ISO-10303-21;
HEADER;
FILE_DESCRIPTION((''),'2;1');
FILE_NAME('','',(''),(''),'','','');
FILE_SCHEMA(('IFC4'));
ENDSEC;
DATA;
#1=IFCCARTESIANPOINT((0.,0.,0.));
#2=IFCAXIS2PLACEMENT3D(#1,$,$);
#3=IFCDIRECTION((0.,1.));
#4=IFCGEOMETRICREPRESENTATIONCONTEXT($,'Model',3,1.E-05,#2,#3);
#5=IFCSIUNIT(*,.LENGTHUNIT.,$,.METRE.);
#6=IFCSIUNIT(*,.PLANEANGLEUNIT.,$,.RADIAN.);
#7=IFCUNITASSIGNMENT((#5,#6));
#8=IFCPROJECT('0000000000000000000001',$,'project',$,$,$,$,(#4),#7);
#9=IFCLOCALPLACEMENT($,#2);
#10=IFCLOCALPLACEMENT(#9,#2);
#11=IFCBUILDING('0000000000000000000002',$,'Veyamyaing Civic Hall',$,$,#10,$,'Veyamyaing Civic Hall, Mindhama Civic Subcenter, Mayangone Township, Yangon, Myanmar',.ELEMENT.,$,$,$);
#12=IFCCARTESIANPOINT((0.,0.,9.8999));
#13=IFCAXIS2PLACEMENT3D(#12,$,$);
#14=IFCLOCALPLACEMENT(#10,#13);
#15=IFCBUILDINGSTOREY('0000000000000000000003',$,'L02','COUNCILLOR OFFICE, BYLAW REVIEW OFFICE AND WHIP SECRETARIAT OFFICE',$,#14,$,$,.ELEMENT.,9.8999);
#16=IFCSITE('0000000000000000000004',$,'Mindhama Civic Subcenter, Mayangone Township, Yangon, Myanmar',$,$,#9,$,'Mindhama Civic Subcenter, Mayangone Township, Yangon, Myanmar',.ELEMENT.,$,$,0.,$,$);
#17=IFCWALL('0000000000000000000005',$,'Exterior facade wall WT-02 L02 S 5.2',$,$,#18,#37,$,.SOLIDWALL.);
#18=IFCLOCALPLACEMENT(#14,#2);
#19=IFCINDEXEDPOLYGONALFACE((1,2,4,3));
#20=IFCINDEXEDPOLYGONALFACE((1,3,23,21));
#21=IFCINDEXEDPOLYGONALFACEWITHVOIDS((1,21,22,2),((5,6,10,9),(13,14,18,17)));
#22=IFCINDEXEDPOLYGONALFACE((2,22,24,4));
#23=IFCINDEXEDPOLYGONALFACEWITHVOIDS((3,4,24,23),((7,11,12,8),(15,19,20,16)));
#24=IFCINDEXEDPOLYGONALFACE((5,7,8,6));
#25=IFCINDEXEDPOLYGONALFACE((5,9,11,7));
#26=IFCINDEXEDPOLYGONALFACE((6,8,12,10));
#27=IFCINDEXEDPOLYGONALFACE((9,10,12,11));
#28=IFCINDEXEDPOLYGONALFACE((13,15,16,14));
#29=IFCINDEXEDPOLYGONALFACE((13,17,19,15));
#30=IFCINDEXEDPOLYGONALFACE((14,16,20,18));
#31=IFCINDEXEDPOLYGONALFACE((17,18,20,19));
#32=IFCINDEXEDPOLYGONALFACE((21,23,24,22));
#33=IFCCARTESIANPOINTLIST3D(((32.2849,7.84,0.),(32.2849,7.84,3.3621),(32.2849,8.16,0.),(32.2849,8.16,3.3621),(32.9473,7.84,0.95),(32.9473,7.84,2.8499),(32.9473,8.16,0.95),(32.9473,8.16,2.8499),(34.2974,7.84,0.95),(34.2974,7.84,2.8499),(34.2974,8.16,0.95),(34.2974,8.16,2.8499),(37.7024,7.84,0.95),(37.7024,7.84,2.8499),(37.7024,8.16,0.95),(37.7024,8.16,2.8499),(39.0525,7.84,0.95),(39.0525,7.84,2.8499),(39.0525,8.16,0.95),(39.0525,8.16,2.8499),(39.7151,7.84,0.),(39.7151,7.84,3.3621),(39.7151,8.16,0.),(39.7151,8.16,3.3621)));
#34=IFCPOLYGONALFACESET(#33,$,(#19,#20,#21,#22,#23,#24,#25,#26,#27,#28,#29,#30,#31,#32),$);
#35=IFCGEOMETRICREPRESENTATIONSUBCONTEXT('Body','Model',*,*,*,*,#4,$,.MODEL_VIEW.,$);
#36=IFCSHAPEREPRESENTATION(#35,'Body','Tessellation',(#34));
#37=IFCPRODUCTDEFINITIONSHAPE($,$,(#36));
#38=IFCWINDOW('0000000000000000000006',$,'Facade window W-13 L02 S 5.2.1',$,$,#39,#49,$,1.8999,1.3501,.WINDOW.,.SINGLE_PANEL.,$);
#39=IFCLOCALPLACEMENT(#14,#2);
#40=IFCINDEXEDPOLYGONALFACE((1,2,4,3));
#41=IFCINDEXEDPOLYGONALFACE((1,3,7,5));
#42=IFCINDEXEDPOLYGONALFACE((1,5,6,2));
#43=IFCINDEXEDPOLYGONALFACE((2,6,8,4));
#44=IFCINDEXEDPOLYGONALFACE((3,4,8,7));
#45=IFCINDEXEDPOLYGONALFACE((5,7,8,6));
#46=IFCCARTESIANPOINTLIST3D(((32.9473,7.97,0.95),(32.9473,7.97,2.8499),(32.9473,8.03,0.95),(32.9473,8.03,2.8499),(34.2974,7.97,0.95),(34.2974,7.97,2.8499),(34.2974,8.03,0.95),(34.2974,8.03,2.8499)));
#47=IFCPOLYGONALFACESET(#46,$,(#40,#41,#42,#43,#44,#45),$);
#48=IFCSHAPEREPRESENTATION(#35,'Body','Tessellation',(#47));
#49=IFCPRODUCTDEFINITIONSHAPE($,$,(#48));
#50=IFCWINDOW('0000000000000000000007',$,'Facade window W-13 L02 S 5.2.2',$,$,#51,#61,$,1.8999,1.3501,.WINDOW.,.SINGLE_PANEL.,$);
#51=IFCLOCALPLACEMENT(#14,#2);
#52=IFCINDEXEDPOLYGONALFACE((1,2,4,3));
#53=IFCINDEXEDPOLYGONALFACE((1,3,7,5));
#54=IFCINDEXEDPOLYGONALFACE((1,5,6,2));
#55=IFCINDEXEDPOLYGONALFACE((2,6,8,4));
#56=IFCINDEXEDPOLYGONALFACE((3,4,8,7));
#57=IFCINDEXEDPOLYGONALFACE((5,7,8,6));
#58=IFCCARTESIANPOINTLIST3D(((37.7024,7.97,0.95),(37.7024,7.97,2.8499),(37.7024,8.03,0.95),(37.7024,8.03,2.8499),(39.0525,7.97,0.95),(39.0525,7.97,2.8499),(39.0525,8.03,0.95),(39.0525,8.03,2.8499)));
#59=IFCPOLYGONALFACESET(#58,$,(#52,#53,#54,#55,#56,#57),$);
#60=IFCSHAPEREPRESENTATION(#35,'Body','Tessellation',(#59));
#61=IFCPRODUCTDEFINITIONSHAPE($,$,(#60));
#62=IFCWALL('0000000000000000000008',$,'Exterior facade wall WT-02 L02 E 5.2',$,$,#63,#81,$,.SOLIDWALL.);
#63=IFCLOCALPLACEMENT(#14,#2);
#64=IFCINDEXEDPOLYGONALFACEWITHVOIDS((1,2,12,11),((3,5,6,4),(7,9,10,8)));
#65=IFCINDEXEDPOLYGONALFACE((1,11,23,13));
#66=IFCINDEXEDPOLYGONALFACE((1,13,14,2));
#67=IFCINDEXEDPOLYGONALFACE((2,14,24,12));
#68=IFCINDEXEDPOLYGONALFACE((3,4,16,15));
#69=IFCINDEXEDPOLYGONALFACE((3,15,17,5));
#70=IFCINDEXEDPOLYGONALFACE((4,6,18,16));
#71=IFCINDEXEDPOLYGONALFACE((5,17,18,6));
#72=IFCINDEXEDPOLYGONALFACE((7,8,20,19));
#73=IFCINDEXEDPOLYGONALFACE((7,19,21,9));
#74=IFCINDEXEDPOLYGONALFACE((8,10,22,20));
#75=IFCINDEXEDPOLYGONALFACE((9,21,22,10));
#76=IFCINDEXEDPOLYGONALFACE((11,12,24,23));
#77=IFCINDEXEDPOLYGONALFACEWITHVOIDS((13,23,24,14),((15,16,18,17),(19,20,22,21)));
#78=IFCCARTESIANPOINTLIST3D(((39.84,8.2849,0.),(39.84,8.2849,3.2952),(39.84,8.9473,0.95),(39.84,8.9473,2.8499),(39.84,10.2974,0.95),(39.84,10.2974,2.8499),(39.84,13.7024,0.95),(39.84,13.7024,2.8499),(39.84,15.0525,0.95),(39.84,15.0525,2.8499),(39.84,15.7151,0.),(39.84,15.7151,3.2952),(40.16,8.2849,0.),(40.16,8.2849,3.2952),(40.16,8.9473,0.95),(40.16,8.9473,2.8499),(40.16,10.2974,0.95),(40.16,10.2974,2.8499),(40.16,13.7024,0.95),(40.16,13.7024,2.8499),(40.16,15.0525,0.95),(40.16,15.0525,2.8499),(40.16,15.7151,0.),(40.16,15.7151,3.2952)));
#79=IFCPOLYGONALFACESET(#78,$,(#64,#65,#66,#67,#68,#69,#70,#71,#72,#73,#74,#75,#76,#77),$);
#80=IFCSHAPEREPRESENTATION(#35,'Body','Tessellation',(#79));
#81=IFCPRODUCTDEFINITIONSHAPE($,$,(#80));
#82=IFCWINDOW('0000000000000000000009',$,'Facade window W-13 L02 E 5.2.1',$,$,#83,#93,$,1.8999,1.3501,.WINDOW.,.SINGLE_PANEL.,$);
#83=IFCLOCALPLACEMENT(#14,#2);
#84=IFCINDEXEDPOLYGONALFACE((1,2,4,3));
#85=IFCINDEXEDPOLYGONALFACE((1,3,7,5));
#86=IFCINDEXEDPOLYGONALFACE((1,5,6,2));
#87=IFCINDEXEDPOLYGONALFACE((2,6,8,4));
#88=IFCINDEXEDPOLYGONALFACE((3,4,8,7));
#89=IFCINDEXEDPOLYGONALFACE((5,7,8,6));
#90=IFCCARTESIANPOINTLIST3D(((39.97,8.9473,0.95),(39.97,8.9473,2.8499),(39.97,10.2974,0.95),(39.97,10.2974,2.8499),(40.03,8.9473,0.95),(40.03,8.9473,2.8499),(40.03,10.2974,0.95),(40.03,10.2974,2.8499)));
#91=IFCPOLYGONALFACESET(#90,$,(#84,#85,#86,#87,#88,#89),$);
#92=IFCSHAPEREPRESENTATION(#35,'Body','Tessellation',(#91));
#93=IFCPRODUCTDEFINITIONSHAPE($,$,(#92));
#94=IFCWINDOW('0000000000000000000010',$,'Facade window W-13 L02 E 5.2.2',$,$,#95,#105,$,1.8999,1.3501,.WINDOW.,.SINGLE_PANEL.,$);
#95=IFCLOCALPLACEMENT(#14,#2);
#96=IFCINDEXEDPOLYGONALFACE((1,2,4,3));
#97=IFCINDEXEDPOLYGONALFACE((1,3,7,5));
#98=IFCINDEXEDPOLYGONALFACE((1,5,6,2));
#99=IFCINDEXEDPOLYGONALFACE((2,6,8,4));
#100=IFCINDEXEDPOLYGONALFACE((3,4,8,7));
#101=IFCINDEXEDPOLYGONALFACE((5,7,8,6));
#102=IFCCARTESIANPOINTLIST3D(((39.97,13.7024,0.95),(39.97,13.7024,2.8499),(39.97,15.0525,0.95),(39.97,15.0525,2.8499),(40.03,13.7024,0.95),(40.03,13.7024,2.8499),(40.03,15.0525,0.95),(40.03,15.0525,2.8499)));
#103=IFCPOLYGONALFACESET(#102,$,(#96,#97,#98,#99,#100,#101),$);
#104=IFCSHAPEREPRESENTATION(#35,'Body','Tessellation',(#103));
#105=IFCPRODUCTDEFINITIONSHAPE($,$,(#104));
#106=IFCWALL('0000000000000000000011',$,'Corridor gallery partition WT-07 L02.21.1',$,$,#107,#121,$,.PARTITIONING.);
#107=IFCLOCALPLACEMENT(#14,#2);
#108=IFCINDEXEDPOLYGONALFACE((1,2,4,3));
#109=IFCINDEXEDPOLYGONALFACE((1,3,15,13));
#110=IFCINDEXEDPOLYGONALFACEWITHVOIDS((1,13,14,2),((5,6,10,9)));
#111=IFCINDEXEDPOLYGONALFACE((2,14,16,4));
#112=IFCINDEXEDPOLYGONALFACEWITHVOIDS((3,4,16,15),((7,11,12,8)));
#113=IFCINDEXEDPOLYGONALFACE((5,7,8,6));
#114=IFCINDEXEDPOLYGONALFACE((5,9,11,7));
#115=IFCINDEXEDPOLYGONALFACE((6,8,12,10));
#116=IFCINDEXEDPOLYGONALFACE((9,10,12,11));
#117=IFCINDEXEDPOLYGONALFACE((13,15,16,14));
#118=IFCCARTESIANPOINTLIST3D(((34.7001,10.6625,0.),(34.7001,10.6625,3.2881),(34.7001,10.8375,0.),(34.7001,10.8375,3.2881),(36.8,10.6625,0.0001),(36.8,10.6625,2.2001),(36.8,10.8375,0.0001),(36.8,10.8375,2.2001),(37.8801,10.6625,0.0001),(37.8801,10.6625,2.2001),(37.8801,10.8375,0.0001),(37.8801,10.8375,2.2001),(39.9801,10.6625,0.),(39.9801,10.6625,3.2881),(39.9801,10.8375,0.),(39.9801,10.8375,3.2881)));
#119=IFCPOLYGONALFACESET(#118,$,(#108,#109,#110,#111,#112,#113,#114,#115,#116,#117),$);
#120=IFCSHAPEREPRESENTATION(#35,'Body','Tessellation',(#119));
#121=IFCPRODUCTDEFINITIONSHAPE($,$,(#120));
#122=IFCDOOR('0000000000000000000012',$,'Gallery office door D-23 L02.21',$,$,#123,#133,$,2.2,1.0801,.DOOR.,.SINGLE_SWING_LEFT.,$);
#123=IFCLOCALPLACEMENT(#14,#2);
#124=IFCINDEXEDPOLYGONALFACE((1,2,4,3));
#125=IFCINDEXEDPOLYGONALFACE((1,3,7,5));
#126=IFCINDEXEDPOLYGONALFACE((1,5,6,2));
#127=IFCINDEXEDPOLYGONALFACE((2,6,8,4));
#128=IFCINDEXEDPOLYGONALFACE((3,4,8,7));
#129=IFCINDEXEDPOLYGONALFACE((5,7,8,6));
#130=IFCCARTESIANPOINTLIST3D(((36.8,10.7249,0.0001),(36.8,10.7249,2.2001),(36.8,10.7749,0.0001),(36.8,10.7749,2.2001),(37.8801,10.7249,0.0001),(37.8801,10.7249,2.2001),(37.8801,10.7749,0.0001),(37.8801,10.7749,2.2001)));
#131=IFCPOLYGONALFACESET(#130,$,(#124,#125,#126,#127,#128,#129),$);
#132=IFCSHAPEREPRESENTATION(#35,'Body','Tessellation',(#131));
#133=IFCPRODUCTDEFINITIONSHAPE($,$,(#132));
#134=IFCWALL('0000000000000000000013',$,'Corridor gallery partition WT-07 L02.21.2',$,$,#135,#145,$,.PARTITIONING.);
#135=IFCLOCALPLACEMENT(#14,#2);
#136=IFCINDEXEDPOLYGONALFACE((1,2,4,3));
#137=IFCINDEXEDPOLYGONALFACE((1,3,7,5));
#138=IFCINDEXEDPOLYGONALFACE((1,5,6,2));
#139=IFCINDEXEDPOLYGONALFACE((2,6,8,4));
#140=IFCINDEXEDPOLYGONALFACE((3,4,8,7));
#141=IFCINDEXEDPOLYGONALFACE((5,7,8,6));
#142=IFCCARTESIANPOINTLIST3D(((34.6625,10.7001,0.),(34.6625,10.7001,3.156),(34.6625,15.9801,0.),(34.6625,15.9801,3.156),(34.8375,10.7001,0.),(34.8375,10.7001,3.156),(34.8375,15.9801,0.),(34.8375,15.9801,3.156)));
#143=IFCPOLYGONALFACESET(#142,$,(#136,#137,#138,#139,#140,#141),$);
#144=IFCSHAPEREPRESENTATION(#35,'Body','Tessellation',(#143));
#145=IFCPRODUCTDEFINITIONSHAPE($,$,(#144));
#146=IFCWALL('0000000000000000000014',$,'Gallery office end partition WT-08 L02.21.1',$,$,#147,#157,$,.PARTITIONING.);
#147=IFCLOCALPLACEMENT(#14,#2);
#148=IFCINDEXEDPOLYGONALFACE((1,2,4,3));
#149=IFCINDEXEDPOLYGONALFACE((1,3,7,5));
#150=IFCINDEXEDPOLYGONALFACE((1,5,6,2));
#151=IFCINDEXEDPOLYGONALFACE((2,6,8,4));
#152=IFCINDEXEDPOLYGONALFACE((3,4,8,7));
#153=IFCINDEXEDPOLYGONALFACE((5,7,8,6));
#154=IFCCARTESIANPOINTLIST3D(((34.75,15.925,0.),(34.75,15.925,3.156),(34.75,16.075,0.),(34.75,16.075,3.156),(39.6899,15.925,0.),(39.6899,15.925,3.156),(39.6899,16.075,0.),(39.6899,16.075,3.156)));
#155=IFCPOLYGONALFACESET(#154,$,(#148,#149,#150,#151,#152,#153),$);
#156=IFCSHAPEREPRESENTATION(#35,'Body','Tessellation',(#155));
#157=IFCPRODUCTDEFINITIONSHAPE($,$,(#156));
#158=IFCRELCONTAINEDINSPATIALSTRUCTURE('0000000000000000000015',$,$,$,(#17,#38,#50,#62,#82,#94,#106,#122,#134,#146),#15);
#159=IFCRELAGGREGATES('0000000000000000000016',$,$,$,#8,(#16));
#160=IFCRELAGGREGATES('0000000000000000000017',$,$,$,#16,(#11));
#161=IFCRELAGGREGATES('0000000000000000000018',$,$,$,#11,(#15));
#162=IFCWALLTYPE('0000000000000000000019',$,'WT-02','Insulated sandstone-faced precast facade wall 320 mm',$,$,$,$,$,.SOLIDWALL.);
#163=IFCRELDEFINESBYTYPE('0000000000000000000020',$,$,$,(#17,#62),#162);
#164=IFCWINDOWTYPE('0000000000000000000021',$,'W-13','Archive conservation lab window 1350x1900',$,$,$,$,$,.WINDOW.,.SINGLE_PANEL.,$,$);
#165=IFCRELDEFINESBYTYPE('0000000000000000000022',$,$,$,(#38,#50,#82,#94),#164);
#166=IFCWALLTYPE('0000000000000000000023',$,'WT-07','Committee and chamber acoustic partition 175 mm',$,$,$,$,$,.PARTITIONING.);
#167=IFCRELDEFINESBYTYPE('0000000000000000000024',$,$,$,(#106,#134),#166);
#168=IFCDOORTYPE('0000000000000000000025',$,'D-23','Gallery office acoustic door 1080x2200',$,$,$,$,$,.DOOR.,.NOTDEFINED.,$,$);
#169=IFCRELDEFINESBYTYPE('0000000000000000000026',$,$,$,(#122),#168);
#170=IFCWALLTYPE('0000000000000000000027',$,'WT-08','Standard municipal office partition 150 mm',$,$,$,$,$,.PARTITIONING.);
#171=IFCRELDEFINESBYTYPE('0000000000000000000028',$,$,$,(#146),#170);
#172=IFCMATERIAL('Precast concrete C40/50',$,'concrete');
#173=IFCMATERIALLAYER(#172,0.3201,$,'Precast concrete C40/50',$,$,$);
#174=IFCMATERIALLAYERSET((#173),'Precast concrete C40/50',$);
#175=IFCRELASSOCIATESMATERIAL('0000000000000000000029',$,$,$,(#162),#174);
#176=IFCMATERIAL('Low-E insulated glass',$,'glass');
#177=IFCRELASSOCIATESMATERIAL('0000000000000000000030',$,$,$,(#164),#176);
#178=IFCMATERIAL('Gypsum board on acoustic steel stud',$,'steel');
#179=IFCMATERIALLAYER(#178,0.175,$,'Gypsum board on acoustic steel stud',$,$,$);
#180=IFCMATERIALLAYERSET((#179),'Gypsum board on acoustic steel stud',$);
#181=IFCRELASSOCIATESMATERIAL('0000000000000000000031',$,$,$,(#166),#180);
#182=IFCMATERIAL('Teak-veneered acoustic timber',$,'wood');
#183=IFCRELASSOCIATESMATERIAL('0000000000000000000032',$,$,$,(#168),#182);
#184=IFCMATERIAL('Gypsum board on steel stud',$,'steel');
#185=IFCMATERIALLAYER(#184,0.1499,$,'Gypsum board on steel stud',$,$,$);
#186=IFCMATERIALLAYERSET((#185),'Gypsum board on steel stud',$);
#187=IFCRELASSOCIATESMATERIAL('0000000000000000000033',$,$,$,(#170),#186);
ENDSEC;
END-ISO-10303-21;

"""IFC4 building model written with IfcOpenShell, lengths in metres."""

from ifc_helpers import new_model, si_unit, direction, frame, frame_2d, origin, place, context, subcontext, project, spatial, rectangle, extrude, material, layer, layer_set, type_object, element, fill, save


model = new_model("IFC4")

# Units and contexts
model_context = context("Model", 3, precision=1e-05, world=origin(), true_north=direction((0.0, 1.0)))
body_context = subcontext(model_context, "Body", "Model", "MODEL_VIEW")
ifc_project = project(units=[si_unit("LENGTHUNIT", "METRE"), si_unit("PLANEANGLEUNIT", "RADIAN")], contexts=[model_context])

# Site, building, storey
site_placement = place(None, origin())
site = spatial("IfcSite", under=ifc_project, at=site_placement, Name="Mindhama Civic Subcenter, Mayangone Township, Yangon, Myanmar", LongName="Mindhama Civic Subcenter, Mayangone Township, Yangon, Myanmar", CompositionType="ELEMENT", RefElevation=0.0)
building_placement = place(site_placement, origin())
building = spatial("IfcBuilding", under=site, at=building_placement, Name="Veyamyaing Civic Hall", LongName="Veyamyaing Civic Hall, Mindhama Civic Subcenter, Mayangone Township, Yangon, Myanmar", CompositionType="ELEMENT")
storey_placement = place(building_placement, frame((0.0, 0.0, 9.8999)))
storey = spatial("IfcBuildingStorey", under=building, at=storey_placement, Name="L02", Description="COUNCILLOR OFFICE, BYLAW REVIEW OFFICE AND WHIP SECRETARIAT OFFICE", CompositionType="ELEMENT", Elevation=9.8999)

# Walls, openings, windows
ifc_material_1 = material(Name="Precast concrete C40/50", Category="concrete")
ifc_layer_1 = layer(ifc_material_1, 0.3201, Name="Precast concrete C40/50")
ifc_layer_set_1 = layer_set([ifc_layer_1], Name="Precast concrete C40/50")
wall_type_1 = type_object("IfcWallType", Name="WT-02", Description="Insulated sandstone-faced precast facade wall 320 mm", PredefinedType="SOLIDWALL", material=ifc_layer_set_1)
wall_1_placement = place(storey_placement, frame((32.2849, 8.0, 0.0), z_axis=(0.0, 0.0, 1.0), x_axis=(1.0, 0.0, 0.0)))
wall_1 = element("IfcWall", 1, at=wall_1_placement, inside=storey, type_object=wall_type_1, Name="Exterior facade wall WT-02 L02 S 5.2", PredefinedType="SOLIDWALL", context=body_context, shape_type="SweptSolid", body=[
    extrude(rectangle(XDim=7.4302, YDim=0.3201, at=frame_2d((3.7151, 0.0))), origin(), (0.0, 0.0, 1.0), 3.3621),
])
opening_1_placement = place(wall_1_placement, frame((0.6624, 0.0, 0.95)))
opening_1 = element("IfcOpeningElement", 2, at=opening_1_placement, cuts=wall_1, PredefinedType="OPENING", context=body_context, shape_type="SweptSolid", body=[
    extrude(rectangle(XDim=1.3501, YDim=1.8999, at=frame_2d((0.675, 0.95))), frame((0.0, 0.1699, 0.0), z_axis=(0.0, -1.0, 0.0), x_axis=(1.0, 0.0, 0.0)), (0.0, 0.0, 1.0), 0.3401),
])
opening_2_placement = place(wall_1_placement, frame((5.4175, 0.0, 0.95)))
opening_2 = element("IfcOpeningElement", 3, at=opening_2_placement, cuts=wall_1, PredefinedType="OPENING", context=body_context, shape_type="SweptSolid", body=[
    extrude(rectangle(XDim=1.3501, YDim=1.8999, at=frame_2d((0.675, 0.95))), frame((0.0, 0.1699, 0.0), z_axis=(0.0, -1.0, 0.0), x_axis=(1.0, 0.0, 0.0)), (0.0, 0.0, 1.0), 0.3401),
])
ifc_material_2 = material(Name="Low-E insulated glass", Category="glass")
window_type = type_object("IfcWindowType", Name="W-13", Description="Archive conservation lab window 1350x1900", PartitioningType="SINGLE_PANEL", PredefinedType="WINDOW", material=ifc_material_2)
window_1_placement = place(opening_1_placement, origin())
window_1 = element("IfcWindow", 4, at=window_1_placement, inside=storey, type_object=window_type, Name="Facade window W-13 L02 S 5.2.1", OverallHeight=1.8999, OverallWidth=1.3501, PartitioningType="SINGLE_PANEL", PredefinedType="WINDOW", context=body_context, shape_type="SweptSolid", body=[
    extrude(rectangle(XDim=1.3501, YDim=1.8999, at=frame_2d((0.675, 0.95))), frame((0.0, 0.03, 0.0), z_axis=(0.0, -1.0, 0.0), x_axis=(1.0, 0.0, 0.0)), (0.0, 0.0, 1.0), 0.0601),
])
fill(opening_1, window_1)
window_2_placement = place(opening_2_placement, origin())
window_2 = element("IfcWindow", 5, at=window_2_placement, inside=storey, type_object=window_type, Name="Facade window W-13 L02 S 5.2.2", OverallHeight=1.8999, OverallWidth=1.3501, PartitioningType="SINGLE_PANEL", PredefinedType="WINDOW", context=body_context, shape_type="SweptSolid", body=[
    extrude(rectangle(XDim=1.3501, YDim=1.8999, at=frame_2d((0.675, 0.95))), frame((0.0, 0.03, 0.0), z_axis=(0.0, -1.0, 0.0), x_axis=(1.0, 0.0, 0.0)), (0.0, 0.0, 1.0), 0.0601),
])
fill(opening_2, window_2)
wall_2_placement = place(storey_placement, frame((40.0, 8.2849, 0.0), z_axis=(0.0, 0.0, 1.0), x_axis=(0.0, 1.0, 0.0)))
wall_2 = element("IfcWall", 6, at=wall_2_placement, inside=storey, type_object=wall_type_1, Name="Exterior facade wall WT-02 L02 E 5.2", PredefinedType="SOLIDWALL", context=body_context, shape_type="SweptSolid", body=[
    extrude(rectangle(XDim=7.4302, YDim=0.3201, at=frame_2d((3.7151, 0.0))), origin(), (0.0, 0.0, 1.0), 3.2952),
])
opening_3_placement = place(wall_2_placement, frame((0.6624, 0.0, 0.95)))
opening_3 = element("IfcOpeningElement", 7, at=opening_3_placement, cuts=wall_2, PredefinedType="OPENING", context=body_context, shape_type="SweptSolid", body=[
    extrude(rectangle(XDim=1.3501, YDim=1.8999, at=frame_2d((0.675, 0.95))), frame((0.0, 0.1699, 0.0), z_axis=(0.0, -1.0, 0.0), x_axis=(1.0, 0.0, 0.0)), (0.0, 0.0, 1.0), 0.3401),
])
opening_4_placement = place(wall_2_placement, frame((5.4175, 0.0, 0.95)))
opening_4 = element("IfcOpeningElement", 8, at=opening_4_placement, cuts=wall_2, PredefinedType="OPENING", context=body_context, shape_type="SweptSolid", body=[
    extrude(rectangle(XDim=1.3501, YDim=1.8999, at=frame_2d((0.675, 0.95))), frame((0.0, 0.1699, 0.0), z_axis=(0.0, -1.0, 0.0), x_axis=(1.0, 0.0, 0.0)), (0.0, 0.0, 1.0), 0.3401),
])
window_3_placement = place(opening_3_placement, origin())
window_3 = element("IfcWindow", 9, at=window_3_placement, inside=storey, type_object=window_type, Name="Facade window W-13 L02 E 5.2.1", OverallHeight=1.8999, OverallWidth=1.3501, PartitioningType="SINGLE_PANEL", PredefinedType="WINDOW", context=body_context, shape_type="SweptSolid", body=[
    extrude(rectangle(XDim=1.3501, YDim=1.8999, at=frame_2d((0.675, 0.95))), frame((0.0, 0.03, 0.0), z_axis=(0.0, -1.0, 0.0), x_axis=(1.0, 0.0, 0.0)), (0.0, 0.0, 1.0), 0.0601),
])
fill(opening_3, window_3)
window_4_placement = place(opening_4_placement, origin())
window_4 = element("IfcWindow", 10, at=window_4_placement, inside=storey, type_object=window_type, Name="Facade window W-13 L02 E 5.2.2", OverallHeight=1.8999, OverallWidth=1.3501, PartitioningType="SINGLE_PANEL", PredefinedType="WINDOW", context=body_context, shape_type="SweptSolid", body=[
    extrude(rectangle(XDim=1.3501, YDim=1.8999, at=frame_2d((0.675, 0.95))), frame((0.0, 0.03, 0.0), z_axis=(0.0, -1.0, 0.0), x_axis=(1.0, 0.0, 0.0)), (0.0, 0.0, 1.0), 0.0601),
])
fill(opening_4, window_4)

# Wall, opening, door
ifc_material_3 = material(Name="Gypsum board on acoustic steel stud", Category="steel")
ifc_layer_2 = layer(ifc_material_3, 0.175, Name="Gypsum board on acoustic steel stud")
ifc_layer_set_2 = layer_set([ifc_layer_2], Name="Gypsum board on acoustic steel stud")
wall_type_2 = type_object("IfcWallType", Name="WT-07", Description="Committee and chamber acoustic partition 175 mm", PredefinedType="PARTITIONING", material=ifc_layer_set_2)
wall_3_placement = place(storey_placement, frame((34.7, 10.75, 0.0), z_axis=(0.0, 0.0, 1.0), x_axis=(1.0, 0.0, 0.0)))
wall_3 = element("IfcWall", 11, at=wall_3_placement, inside=storey, type_object=wall_type_2, Name="Corridor gallery partition WT-07 L02.21.1", PredefinedType="PARTITIONING", context=body_context, shape_type="SweptSolid", body=[
    extrude(rectangle(XDim=5.28, YDim=0.175, at=frame_2d((2.6401, 0.0))), origin(), (0.0, 0.0, 1.0), 3.2881),
])
opening_5_placement = place(wall_3_placement, frame((2.1001, 0.0, 0.0)))
opening_5 = element("IfcOpeningElement", 12, at=opening_5_placement, cuts=wall_3, PredefinedType="OPENING", context=body_context, shape_type="SweptSolid", body=[
    extrude(rectangle(XDim=1.0801, YDim=2.2, at=frame_2d((0.54, 1.1001))), frame((0.0, 0.0974, 0.0), z_axis=(0.0, -1.0, 0.0), x_axis=(1.0, 0.0, 0.0)), (0.0, 0.0, 1.0), 0.1951),
])
ifc_material_4 = material(Name="Teak-veneered acoustic timber", Category="wood")
door_type = type_object("IfcDoorType", Name="D-23", Description="Gallery office acoustic door 1080x2200", OperationType="NOTDEFINED", PredefinedType="DOOR", material=ifc_material_4)
door_placement = place(opening_5_placement, origin())
door = element("IfcDoor", 13, at=door_placement, inside=storey, type_object=door_type, Name="Gallery office door D-23 L02.21", OperationType="SINGLE_SWING_LEFT", OverallHeight=2.2, OverallWidth=1.0801, PredefinedType="DOOR", context=body_context, shape_type="SweptSolid", body=[
    extrude(rectangle(XDim=1.0801, YDim=2.2, at=frame_2d((0.54, 1.1001))), frame((0.0, 0.0249, 0.0), z_axis=(0.0, -1.0, 0.0), x_axis=(1.0, 0.0, 0.0)), (0.0, 0.0, 1.0), 0.05),
])
fill(opening_5, door)

# Walls
wall_4_placement = place(storey_placement, frame((34.75, 10.7, 0.0), z_axis=(0.0, 0.0, 1.0), x_axis=(0.0, 1.0, 0.0)))
element("IfcWall", 14, at=wall_4_placement, inside=storey, type_object=wall_type_2, Name="Corridor gallery partition WT-07 L02.21.2", PredefinedType="PARTITIONING", context=body_context, shape_type="SweptSolid", body=[
    extrude(rectangle(XDim=5.28, YDim=0.175, at=frame_2d((2.6401, 0.0))), origin(), (0.0, 0.0, 1.0), 3.156),
])
ifc_material_5 = material(Name="Gypsum board on steel stud", Category="steel")
ifc_layer_3 = layer(ifc_material_5, 0.1499, Name="Gypsum board on steel stud")
ifc_layer_set_3 = layer_set([ifc_layer_3], Name="Gypsum board on steel stud")
wall_type_3 = type_object("IfcWallType", Name="WT-08", Description="Standard municipal office partition 150 mm", PredefinedType="PARTITIONING", material=ifc_layer_set_3)
wall_5_placement = place(storey_placement, frame((34.75, 16.0, 0.0), z_axis=(0.0, 0.0, 1.0), x_axis=(1.0, 0.0, 0.0)))
element("IfcWall", 15, at=wall_5_placement, inside=storey, type_object=wall_type_3, Name="Gallery office end partition WT-08 L02.21.1", PredefinedType="PARTITIONING", context=body_context, shape_type="SweptSolid", body=[
    extrude(rectangle(XDim=4.9399, YDim=0.1499, at=frame_2d((2.47, 0.0))), origin(), (0.0, 0.0, 1.0), 3.156),
])

save(model, "model.ifc")
